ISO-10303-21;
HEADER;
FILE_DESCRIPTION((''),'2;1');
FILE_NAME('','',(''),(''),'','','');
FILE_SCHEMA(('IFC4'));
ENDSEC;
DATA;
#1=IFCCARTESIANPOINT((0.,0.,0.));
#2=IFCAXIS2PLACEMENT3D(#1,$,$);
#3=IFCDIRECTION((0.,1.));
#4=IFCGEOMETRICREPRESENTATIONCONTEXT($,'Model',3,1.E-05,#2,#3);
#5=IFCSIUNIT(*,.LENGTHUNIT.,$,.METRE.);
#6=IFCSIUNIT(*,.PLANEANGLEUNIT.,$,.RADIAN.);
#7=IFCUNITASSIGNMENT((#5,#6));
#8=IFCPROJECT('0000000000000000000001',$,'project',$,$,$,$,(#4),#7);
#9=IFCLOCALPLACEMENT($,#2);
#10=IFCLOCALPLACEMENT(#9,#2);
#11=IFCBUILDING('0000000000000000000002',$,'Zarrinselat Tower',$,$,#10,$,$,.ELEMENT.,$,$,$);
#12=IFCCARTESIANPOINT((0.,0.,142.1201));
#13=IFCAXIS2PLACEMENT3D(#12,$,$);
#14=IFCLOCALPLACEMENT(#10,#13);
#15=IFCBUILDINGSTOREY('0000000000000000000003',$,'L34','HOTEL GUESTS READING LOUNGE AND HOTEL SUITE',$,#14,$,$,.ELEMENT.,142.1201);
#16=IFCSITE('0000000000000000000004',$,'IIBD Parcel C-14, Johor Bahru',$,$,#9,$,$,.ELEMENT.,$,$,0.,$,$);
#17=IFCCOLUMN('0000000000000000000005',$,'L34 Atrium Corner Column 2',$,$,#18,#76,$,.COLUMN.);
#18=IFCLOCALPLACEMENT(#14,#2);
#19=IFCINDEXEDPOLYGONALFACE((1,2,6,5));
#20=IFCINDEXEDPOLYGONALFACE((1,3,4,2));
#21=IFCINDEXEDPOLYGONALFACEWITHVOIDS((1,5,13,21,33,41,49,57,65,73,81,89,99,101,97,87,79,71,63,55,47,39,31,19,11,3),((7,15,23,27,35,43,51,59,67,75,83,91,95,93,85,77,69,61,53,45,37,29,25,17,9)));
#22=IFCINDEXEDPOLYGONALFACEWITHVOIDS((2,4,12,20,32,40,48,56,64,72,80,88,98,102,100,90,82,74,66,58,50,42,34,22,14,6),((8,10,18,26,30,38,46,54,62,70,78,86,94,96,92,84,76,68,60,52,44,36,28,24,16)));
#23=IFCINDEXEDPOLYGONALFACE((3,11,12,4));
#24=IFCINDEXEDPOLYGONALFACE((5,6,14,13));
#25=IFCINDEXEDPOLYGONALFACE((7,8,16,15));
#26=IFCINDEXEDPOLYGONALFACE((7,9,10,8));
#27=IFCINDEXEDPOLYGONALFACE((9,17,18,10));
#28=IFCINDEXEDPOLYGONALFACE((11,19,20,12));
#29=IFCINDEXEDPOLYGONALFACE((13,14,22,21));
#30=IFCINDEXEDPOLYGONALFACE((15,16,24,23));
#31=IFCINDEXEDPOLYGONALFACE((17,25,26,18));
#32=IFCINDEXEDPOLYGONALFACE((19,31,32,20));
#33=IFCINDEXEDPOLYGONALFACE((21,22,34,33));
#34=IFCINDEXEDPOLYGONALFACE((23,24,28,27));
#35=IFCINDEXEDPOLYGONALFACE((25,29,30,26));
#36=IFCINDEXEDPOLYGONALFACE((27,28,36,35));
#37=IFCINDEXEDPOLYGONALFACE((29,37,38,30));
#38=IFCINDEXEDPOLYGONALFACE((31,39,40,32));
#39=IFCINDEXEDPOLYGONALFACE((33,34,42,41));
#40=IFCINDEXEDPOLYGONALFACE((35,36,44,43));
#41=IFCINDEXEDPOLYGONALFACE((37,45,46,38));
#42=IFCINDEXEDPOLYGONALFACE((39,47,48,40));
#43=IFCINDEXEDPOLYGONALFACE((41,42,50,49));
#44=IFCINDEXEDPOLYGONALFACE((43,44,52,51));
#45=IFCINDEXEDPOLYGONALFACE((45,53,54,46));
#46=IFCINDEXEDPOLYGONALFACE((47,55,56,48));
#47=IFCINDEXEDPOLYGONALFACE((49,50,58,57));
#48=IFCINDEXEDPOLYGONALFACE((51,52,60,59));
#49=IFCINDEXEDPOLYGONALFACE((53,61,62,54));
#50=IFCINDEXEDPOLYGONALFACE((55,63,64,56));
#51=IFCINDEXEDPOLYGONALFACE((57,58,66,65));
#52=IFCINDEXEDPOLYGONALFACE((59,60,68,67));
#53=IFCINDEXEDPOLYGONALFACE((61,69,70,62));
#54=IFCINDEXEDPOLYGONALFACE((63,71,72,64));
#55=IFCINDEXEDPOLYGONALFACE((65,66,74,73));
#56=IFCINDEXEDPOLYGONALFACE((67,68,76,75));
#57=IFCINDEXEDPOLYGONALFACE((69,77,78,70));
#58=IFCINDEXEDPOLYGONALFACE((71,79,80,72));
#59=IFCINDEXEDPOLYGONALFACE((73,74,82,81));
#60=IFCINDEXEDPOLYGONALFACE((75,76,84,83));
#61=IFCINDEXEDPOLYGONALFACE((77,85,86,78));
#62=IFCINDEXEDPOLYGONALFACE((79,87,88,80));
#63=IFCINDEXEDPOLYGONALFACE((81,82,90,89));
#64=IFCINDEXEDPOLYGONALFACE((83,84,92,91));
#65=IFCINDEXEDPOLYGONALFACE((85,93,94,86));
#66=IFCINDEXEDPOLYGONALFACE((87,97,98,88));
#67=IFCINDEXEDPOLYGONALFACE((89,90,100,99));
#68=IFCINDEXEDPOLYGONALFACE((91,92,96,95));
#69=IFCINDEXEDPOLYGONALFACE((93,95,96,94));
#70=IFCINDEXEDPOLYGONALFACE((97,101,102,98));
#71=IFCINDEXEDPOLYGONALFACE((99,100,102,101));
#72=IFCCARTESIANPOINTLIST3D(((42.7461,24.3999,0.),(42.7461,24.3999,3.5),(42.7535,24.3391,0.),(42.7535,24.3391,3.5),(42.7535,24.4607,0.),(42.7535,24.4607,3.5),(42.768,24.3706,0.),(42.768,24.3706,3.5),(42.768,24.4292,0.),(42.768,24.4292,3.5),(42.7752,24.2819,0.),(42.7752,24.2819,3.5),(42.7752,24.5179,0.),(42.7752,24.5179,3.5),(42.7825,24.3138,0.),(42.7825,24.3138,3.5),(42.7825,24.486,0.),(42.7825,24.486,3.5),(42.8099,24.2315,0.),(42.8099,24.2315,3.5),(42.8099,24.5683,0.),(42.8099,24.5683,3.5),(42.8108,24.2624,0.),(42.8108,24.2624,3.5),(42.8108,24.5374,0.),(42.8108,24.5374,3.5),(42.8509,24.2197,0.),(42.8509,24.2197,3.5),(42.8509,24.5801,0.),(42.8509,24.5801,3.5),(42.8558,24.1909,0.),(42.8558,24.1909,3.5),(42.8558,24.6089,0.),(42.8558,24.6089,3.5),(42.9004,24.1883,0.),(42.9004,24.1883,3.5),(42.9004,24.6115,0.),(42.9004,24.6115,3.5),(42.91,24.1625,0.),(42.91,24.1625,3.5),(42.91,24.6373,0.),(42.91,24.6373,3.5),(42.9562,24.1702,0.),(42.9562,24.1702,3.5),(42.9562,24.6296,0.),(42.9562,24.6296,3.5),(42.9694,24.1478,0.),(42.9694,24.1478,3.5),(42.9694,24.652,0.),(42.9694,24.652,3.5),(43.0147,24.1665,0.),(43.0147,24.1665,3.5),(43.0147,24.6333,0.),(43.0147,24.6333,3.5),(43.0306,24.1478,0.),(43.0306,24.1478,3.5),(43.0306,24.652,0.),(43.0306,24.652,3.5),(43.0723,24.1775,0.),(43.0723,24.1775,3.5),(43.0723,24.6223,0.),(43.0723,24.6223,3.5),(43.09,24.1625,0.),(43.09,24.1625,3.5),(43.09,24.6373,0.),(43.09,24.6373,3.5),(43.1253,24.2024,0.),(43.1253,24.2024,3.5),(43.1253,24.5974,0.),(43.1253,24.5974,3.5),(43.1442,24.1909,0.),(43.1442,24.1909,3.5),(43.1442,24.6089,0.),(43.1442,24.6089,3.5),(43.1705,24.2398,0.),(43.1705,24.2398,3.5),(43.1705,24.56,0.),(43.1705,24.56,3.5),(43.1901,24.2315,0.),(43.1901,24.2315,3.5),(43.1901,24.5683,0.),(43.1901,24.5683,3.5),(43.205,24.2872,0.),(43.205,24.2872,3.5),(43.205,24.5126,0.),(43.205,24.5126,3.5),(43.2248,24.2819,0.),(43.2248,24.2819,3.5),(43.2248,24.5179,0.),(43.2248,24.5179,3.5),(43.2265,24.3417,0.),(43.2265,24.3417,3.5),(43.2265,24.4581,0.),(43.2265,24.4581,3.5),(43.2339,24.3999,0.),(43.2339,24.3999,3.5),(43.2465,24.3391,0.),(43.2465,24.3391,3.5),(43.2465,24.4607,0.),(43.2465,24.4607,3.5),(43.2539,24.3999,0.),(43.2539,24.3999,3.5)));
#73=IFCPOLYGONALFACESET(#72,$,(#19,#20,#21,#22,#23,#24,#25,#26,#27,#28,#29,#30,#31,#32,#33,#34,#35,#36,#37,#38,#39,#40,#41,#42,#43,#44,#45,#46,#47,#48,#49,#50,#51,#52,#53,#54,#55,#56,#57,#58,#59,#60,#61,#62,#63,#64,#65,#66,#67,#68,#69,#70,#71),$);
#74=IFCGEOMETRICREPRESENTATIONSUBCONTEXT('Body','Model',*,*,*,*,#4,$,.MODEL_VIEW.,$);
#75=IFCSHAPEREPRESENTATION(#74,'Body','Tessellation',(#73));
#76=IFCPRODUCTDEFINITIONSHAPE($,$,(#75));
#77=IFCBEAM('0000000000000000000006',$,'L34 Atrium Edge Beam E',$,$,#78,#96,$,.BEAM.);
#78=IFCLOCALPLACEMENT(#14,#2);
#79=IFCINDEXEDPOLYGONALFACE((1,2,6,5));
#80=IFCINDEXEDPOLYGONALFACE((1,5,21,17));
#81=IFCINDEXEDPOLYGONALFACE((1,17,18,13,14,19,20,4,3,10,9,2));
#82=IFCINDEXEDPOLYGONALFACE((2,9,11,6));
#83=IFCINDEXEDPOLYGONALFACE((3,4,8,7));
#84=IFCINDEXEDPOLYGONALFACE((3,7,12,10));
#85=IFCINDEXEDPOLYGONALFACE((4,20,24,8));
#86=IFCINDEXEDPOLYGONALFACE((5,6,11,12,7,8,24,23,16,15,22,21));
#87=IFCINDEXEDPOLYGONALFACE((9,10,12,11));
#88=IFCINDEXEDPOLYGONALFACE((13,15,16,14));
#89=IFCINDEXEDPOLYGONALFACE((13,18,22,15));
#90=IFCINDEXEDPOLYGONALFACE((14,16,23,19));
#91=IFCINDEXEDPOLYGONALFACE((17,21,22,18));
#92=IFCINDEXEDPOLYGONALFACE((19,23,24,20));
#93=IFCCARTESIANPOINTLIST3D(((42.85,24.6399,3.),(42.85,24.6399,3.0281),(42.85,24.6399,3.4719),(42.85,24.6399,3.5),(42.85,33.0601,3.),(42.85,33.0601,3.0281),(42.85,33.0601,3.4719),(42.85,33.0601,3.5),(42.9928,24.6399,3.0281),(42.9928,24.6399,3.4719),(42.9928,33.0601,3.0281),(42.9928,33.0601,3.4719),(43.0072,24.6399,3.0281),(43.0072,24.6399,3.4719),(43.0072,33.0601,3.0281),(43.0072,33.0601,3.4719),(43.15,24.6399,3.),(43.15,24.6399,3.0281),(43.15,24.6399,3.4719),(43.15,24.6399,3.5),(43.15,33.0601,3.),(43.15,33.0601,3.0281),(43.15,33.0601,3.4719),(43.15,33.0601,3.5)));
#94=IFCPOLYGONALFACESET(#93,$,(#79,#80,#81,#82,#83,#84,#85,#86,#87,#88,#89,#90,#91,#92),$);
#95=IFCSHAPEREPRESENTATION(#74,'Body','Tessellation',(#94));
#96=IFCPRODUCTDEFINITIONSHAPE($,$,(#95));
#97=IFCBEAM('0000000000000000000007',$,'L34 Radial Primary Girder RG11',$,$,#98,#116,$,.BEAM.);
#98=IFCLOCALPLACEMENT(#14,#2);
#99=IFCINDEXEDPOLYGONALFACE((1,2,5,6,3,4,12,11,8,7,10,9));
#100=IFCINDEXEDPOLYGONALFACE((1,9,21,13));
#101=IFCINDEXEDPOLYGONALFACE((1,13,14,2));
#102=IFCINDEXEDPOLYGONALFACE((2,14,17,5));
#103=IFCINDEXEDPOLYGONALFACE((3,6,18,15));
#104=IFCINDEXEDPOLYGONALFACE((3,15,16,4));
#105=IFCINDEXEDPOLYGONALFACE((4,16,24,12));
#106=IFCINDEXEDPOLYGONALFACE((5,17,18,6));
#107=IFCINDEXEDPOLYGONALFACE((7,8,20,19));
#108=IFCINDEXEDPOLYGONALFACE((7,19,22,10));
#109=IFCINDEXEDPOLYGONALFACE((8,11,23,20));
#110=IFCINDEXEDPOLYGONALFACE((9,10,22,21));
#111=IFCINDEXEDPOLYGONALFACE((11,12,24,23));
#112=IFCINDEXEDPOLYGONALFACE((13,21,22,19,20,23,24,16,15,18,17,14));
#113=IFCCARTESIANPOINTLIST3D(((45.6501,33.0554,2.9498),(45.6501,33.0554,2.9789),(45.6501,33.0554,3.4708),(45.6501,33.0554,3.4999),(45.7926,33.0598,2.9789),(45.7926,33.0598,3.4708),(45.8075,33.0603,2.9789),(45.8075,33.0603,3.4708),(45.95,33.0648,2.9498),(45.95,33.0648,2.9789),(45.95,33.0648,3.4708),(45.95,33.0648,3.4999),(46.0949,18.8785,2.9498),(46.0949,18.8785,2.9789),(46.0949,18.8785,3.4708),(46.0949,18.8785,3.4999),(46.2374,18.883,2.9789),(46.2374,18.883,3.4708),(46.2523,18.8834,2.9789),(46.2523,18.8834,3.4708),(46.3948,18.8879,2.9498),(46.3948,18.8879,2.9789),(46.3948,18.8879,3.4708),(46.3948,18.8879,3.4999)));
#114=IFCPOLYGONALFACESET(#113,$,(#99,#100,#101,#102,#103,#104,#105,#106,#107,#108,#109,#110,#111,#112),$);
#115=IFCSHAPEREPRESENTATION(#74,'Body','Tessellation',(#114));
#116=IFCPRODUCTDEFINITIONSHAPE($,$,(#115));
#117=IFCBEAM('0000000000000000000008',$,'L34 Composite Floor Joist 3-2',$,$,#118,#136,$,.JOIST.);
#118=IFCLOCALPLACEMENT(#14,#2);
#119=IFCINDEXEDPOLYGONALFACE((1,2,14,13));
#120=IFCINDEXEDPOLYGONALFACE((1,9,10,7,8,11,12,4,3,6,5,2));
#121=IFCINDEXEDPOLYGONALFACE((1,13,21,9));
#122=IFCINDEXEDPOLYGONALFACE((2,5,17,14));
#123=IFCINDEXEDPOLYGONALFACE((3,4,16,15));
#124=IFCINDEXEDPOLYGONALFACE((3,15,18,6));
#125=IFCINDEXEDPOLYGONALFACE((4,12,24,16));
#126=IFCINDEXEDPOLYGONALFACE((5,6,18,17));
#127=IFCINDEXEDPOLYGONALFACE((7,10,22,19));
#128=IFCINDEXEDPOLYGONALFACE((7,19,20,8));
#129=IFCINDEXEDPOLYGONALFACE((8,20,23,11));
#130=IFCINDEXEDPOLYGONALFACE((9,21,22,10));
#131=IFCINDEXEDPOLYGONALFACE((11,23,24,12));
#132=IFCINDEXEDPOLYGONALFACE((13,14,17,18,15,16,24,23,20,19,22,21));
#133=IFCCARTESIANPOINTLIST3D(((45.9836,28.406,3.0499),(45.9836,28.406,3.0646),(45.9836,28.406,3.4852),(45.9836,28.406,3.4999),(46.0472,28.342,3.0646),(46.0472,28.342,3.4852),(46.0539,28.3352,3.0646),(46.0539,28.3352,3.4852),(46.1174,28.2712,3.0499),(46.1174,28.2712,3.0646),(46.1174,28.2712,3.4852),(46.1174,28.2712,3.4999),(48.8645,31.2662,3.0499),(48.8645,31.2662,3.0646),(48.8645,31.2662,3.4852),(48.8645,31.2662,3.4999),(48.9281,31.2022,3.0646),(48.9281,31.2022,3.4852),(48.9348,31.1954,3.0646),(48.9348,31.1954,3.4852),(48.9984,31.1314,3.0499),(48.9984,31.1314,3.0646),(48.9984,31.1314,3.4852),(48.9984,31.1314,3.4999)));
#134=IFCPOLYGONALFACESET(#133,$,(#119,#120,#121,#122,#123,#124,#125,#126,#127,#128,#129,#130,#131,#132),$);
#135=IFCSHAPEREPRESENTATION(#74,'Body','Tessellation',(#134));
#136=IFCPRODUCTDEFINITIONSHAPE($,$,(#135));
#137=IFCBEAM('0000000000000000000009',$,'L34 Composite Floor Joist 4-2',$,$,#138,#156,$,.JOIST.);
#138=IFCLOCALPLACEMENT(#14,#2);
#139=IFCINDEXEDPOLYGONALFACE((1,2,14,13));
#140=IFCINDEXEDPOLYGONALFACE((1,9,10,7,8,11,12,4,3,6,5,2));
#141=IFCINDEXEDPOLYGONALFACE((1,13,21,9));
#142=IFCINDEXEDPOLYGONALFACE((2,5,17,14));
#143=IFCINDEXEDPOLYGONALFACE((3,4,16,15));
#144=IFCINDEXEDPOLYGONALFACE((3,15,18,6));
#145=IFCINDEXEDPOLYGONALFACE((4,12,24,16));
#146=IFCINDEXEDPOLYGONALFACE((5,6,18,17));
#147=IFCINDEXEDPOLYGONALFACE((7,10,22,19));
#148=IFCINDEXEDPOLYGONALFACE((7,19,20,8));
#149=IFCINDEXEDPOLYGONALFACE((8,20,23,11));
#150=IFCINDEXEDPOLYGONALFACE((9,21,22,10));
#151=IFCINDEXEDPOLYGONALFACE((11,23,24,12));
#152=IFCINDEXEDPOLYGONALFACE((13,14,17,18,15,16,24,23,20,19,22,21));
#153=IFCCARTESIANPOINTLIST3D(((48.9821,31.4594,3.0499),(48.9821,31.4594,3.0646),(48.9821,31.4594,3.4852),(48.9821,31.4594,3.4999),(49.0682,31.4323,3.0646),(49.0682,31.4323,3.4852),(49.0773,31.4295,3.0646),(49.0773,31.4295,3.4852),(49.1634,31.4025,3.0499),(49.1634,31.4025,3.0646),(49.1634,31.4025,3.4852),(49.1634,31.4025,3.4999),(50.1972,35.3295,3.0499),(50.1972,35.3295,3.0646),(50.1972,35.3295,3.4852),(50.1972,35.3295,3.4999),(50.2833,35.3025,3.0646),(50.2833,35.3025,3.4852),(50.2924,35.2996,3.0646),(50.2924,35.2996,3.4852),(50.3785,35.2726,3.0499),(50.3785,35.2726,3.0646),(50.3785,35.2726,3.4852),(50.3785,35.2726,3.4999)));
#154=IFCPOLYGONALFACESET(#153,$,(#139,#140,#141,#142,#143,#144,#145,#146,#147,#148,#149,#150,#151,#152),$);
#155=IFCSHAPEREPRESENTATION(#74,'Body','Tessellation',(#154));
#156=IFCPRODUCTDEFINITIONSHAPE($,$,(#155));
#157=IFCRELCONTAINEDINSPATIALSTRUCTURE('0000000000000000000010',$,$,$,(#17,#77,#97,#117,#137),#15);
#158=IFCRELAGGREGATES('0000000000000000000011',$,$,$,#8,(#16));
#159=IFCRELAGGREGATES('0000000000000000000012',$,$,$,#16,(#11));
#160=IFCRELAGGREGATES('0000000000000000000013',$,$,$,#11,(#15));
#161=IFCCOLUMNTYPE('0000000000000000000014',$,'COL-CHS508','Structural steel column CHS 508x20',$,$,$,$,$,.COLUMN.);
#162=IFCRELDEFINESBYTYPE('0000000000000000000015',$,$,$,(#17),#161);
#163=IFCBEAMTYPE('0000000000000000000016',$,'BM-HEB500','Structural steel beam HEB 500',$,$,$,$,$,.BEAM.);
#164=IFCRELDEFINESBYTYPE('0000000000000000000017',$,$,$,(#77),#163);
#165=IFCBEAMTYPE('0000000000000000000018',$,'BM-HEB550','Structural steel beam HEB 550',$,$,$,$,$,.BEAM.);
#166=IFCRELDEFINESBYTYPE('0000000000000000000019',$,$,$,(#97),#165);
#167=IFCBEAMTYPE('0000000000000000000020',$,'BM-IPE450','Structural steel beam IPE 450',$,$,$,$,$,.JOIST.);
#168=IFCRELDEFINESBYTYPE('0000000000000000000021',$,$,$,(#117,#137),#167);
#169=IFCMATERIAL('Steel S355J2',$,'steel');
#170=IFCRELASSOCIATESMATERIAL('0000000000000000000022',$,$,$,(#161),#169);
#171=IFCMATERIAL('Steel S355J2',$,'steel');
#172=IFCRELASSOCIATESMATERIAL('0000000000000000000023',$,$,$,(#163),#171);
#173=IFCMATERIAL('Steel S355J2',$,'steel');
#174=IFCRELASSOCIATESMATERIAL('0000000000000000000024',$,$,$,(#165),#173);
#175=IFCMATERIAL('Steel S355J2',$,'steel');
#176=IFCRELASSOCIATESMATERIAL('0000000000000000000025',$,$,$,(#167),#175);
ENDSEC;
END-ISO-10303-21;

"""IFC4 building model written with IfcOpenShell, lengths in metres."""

from ifc_helpers import new_model, si_unit, direction, frame, origin, origin_2d, place, context, subcontext, project, spatial, hollow_circle, i_section, extrude, material, material_profile, profile_set, type_object, element, save


model = new_model("IFC4")

# Units and contexts
model_context = context("Model", 3, precision=1e-05, world=origin(), true_north=direction((0.0, 1.0)))
body_context = subcontext(model_context, "Body", "Model", "MODEL_VIEW")
ifc_project = project(units=[si_unit("LENGTHUNIT", "METRE"), si_unit("PLANEANGLEUNIT", "RADIAN")], contexts=[model_context])

# Site, building, storey
site_placement = place(None, origin())
site = spatial("IfcSite", under=ifc_project, at=site_placement, Name="IIBD Parcel C-14, Johor Bahru", CompositionType="ELEMENT", RefElevation=0.0)
building_placement = place(site_placement, origin())
building = spatial("IfcBuilding", under=site, at=building_placement, Name="Zarrinselat Tower", CompositionType="ELEMENT")
storey_placement = place(building_placement, frame((0.0, 0.0, 142.1201)))
storey = spatial("IfcBuildingStorey", under=building, at=storey_placement, Name="L34", Description="HOTEL GUESTS READING LOUNGE AND HOTEL SUITE", CompositionType="ELEMENT", Elevation=142.1201)

# Column
ifc_material_1 = material(Name="Steel S355J2", Category="steel")
ifc_material_profile_1 = material_profile(ifc_material_1, hollow_circle(Radius=0.2539, WallThickness=0.02, at=origin_2d()), Name="CHS 508x20")
ifc_profile_set_1 = profile_set([ifc_material_profile_1], Name="Steel S355J2")
column_type = type_object("IfcColumnType", Name="COL-CHS508", Description="Structural steel column CHS 508x20", PredefinedType="COLUMN", material=ifc_profile_set_1)
column_placement = place(storey_placement, frame((43.0, 24.3999, 0.0), z_axis=(0.0, 0.0, 1.0), x_axis=(1.0, 0.0, 0.0)))
element("IfcColumn", 1, at=column_placement, inside=storey, type_object=column_type, Name="L34 Atrium Corner Column 2", PredefinedType="COLUMN", context=body_context, shape_type="SweptSolid", body=[
    extrude(hollow_circle(Radius=0.2539, WallThickness=0.02, at=origin_2d()), origin(), (0.0, 0.0, 1.0), 3.5),
])

# Beams
ifc_material_2 = material(Name="Steel S355J2", Category="steel")
ifc_material_profile_2 = material_profile(ifc_material_2, i_section(OverallWidth=0.3, OverallDepth=0.5, WebThickness=0.0144, FlangeThickness=0.0281, at=origin_2d()), Name="HEB 500")
ifc_profile_set_2 = profile_set([ifc_material_profile_2], Name="Steel S355J2")
beam_type_1 = type_object("IfcBeamType", Name="BM-HEB500", Description="Structural steel beam HEB 500", PredefinedType="BEAM", material=ifc_profile_set_2)
beam_1_placement = place(storey_placement, frame((43.0, 24.6399, 3.25), z_axis=(0.0, 1.0, 0.0), x_axis=(-1.0, 0.0, 0.0)))
element("IfcBeam", 2, at=beam_1_placement, inside=storey, type_object=beam_type_1, Name="L34 Atrium Edge Beam E", PredefinedType="BEAM", context=body_context, shape_type="SweptSolid", body=[
    extrude(i_section(OverallWidth=0.3, OverallDepth=0.5, WebThickness=0.0144, FlangeThickness=0.0281, at=origin_2d()), origin(), (0.0, 0.0, 1.0), 8.4202),
])
ifc_material_3 = material(Name="Steel S355J2", Category="steel")
ifc_material_profile_3 = material_profile(ifc_material_3, i_section(OverallWidth=0.3, OverallDepth=0.55, WebThickness=0.0149, FlangeThickness=0.0291, at=origin_2d()), Name="HEB 550")
ifc_profile_set_3 = profile_set([ifc_material_profile_3], Name="Steel S355J2")
beam_type_2 = type_object("IfcBeamType", Name="BM-HEB550", Description="Structural steel beam HEB 550", PredefinedType="BEAM", material=ifc_profile_set_3)
beam_2_placement = place(storey_placement, frame((45.8, 33.0601, 3.2249), z_axis=(0.031362, -0.999508, 0.0), x_axis=(0.999508, 0.031362, 0.0)))
element("IfcBeam", 3, at=beam_2_placement, inside=storey, type_object=beam_type_2, Name="L34 Radial Primary Girder RG11", PredefinedType="BEAM", context=body_context, shape_type="SweptSolid", body=[
    extrude(i_section(OverallWidth=0.3, OverallDepth=0.55, WebThickness=0.0149, FlangeThickness=0.0291, at=origin_2d()), origin(), (0.0, 0.0, 1.0), 14.1838),
])
ifc_material_4 = material(Name="Steel S355J2", Category="steel")
ifc_material_profile_4 = material_profile(ifc_material_4, i_section(OverallWidth=0.1899, OverallDepth=0.45, WebThickness=0.0095, FlangeThickness=0.0146, at=origin_2d()), Name="IPE 450")
ifc_profile_set_4 = profile_set([ifc_material_profile_4], Name="Steel S355J2")
beam_type_3 = type_object("IfcBeamType", Name="BM-IPE450", Description="Structural steel beam IPE 450", PredefinedType="JOIST", material=ifc_profile_set_4)
beam_3_placement = place(storey_placement, frame((46.0505, 28.3386, 3.2749), z_axis=(0.709658, 0.704546, 0.0), x_axis=(-0.704546, 0.709658, 0.0)))
element("IfcBeam", 4, at=beam_3_placement, inside=storey, type_object=beam_type_3, Name="L34 Composite Floor Joist 3-2", PredefinedType="JOIST", context=body_context, shape_type="SweptSolid", body=[
    extrude(i_section(OverallWidth=0.1899, OverallDepth=0.45, WebThickness=0.0095, FlangeThickness=0.0146, at=origin_2d()), origin(), (0.0, 0.0, 1.0), 4.0596),
])
beam_4_placement = place(storey_placement, frame((49.0728, 31.4309, 3.2749), z_axis=(0.29955, 0.954081, 0.0), x_axis=(-0.954081, 0.29955, 0.0)))
element("IfcBeam", 5, at=beam_4_placement, inside=storey, type_object=beam_type_3, Name="L34 Composite Floor Joist 4-2", PredefinedType="JOIST", context=body_context, shape_type="SweptSolid", body=[
    extrude(i_section(OverallWidth=0.1899, OverallDepth=0.45, WebThickness=0.0095, FlangeThickness=0.0146, at=origin_2d()), origin(), (0.0, 0.0, 1.0), 4.0564),
])

save(model, "model.ifc")
